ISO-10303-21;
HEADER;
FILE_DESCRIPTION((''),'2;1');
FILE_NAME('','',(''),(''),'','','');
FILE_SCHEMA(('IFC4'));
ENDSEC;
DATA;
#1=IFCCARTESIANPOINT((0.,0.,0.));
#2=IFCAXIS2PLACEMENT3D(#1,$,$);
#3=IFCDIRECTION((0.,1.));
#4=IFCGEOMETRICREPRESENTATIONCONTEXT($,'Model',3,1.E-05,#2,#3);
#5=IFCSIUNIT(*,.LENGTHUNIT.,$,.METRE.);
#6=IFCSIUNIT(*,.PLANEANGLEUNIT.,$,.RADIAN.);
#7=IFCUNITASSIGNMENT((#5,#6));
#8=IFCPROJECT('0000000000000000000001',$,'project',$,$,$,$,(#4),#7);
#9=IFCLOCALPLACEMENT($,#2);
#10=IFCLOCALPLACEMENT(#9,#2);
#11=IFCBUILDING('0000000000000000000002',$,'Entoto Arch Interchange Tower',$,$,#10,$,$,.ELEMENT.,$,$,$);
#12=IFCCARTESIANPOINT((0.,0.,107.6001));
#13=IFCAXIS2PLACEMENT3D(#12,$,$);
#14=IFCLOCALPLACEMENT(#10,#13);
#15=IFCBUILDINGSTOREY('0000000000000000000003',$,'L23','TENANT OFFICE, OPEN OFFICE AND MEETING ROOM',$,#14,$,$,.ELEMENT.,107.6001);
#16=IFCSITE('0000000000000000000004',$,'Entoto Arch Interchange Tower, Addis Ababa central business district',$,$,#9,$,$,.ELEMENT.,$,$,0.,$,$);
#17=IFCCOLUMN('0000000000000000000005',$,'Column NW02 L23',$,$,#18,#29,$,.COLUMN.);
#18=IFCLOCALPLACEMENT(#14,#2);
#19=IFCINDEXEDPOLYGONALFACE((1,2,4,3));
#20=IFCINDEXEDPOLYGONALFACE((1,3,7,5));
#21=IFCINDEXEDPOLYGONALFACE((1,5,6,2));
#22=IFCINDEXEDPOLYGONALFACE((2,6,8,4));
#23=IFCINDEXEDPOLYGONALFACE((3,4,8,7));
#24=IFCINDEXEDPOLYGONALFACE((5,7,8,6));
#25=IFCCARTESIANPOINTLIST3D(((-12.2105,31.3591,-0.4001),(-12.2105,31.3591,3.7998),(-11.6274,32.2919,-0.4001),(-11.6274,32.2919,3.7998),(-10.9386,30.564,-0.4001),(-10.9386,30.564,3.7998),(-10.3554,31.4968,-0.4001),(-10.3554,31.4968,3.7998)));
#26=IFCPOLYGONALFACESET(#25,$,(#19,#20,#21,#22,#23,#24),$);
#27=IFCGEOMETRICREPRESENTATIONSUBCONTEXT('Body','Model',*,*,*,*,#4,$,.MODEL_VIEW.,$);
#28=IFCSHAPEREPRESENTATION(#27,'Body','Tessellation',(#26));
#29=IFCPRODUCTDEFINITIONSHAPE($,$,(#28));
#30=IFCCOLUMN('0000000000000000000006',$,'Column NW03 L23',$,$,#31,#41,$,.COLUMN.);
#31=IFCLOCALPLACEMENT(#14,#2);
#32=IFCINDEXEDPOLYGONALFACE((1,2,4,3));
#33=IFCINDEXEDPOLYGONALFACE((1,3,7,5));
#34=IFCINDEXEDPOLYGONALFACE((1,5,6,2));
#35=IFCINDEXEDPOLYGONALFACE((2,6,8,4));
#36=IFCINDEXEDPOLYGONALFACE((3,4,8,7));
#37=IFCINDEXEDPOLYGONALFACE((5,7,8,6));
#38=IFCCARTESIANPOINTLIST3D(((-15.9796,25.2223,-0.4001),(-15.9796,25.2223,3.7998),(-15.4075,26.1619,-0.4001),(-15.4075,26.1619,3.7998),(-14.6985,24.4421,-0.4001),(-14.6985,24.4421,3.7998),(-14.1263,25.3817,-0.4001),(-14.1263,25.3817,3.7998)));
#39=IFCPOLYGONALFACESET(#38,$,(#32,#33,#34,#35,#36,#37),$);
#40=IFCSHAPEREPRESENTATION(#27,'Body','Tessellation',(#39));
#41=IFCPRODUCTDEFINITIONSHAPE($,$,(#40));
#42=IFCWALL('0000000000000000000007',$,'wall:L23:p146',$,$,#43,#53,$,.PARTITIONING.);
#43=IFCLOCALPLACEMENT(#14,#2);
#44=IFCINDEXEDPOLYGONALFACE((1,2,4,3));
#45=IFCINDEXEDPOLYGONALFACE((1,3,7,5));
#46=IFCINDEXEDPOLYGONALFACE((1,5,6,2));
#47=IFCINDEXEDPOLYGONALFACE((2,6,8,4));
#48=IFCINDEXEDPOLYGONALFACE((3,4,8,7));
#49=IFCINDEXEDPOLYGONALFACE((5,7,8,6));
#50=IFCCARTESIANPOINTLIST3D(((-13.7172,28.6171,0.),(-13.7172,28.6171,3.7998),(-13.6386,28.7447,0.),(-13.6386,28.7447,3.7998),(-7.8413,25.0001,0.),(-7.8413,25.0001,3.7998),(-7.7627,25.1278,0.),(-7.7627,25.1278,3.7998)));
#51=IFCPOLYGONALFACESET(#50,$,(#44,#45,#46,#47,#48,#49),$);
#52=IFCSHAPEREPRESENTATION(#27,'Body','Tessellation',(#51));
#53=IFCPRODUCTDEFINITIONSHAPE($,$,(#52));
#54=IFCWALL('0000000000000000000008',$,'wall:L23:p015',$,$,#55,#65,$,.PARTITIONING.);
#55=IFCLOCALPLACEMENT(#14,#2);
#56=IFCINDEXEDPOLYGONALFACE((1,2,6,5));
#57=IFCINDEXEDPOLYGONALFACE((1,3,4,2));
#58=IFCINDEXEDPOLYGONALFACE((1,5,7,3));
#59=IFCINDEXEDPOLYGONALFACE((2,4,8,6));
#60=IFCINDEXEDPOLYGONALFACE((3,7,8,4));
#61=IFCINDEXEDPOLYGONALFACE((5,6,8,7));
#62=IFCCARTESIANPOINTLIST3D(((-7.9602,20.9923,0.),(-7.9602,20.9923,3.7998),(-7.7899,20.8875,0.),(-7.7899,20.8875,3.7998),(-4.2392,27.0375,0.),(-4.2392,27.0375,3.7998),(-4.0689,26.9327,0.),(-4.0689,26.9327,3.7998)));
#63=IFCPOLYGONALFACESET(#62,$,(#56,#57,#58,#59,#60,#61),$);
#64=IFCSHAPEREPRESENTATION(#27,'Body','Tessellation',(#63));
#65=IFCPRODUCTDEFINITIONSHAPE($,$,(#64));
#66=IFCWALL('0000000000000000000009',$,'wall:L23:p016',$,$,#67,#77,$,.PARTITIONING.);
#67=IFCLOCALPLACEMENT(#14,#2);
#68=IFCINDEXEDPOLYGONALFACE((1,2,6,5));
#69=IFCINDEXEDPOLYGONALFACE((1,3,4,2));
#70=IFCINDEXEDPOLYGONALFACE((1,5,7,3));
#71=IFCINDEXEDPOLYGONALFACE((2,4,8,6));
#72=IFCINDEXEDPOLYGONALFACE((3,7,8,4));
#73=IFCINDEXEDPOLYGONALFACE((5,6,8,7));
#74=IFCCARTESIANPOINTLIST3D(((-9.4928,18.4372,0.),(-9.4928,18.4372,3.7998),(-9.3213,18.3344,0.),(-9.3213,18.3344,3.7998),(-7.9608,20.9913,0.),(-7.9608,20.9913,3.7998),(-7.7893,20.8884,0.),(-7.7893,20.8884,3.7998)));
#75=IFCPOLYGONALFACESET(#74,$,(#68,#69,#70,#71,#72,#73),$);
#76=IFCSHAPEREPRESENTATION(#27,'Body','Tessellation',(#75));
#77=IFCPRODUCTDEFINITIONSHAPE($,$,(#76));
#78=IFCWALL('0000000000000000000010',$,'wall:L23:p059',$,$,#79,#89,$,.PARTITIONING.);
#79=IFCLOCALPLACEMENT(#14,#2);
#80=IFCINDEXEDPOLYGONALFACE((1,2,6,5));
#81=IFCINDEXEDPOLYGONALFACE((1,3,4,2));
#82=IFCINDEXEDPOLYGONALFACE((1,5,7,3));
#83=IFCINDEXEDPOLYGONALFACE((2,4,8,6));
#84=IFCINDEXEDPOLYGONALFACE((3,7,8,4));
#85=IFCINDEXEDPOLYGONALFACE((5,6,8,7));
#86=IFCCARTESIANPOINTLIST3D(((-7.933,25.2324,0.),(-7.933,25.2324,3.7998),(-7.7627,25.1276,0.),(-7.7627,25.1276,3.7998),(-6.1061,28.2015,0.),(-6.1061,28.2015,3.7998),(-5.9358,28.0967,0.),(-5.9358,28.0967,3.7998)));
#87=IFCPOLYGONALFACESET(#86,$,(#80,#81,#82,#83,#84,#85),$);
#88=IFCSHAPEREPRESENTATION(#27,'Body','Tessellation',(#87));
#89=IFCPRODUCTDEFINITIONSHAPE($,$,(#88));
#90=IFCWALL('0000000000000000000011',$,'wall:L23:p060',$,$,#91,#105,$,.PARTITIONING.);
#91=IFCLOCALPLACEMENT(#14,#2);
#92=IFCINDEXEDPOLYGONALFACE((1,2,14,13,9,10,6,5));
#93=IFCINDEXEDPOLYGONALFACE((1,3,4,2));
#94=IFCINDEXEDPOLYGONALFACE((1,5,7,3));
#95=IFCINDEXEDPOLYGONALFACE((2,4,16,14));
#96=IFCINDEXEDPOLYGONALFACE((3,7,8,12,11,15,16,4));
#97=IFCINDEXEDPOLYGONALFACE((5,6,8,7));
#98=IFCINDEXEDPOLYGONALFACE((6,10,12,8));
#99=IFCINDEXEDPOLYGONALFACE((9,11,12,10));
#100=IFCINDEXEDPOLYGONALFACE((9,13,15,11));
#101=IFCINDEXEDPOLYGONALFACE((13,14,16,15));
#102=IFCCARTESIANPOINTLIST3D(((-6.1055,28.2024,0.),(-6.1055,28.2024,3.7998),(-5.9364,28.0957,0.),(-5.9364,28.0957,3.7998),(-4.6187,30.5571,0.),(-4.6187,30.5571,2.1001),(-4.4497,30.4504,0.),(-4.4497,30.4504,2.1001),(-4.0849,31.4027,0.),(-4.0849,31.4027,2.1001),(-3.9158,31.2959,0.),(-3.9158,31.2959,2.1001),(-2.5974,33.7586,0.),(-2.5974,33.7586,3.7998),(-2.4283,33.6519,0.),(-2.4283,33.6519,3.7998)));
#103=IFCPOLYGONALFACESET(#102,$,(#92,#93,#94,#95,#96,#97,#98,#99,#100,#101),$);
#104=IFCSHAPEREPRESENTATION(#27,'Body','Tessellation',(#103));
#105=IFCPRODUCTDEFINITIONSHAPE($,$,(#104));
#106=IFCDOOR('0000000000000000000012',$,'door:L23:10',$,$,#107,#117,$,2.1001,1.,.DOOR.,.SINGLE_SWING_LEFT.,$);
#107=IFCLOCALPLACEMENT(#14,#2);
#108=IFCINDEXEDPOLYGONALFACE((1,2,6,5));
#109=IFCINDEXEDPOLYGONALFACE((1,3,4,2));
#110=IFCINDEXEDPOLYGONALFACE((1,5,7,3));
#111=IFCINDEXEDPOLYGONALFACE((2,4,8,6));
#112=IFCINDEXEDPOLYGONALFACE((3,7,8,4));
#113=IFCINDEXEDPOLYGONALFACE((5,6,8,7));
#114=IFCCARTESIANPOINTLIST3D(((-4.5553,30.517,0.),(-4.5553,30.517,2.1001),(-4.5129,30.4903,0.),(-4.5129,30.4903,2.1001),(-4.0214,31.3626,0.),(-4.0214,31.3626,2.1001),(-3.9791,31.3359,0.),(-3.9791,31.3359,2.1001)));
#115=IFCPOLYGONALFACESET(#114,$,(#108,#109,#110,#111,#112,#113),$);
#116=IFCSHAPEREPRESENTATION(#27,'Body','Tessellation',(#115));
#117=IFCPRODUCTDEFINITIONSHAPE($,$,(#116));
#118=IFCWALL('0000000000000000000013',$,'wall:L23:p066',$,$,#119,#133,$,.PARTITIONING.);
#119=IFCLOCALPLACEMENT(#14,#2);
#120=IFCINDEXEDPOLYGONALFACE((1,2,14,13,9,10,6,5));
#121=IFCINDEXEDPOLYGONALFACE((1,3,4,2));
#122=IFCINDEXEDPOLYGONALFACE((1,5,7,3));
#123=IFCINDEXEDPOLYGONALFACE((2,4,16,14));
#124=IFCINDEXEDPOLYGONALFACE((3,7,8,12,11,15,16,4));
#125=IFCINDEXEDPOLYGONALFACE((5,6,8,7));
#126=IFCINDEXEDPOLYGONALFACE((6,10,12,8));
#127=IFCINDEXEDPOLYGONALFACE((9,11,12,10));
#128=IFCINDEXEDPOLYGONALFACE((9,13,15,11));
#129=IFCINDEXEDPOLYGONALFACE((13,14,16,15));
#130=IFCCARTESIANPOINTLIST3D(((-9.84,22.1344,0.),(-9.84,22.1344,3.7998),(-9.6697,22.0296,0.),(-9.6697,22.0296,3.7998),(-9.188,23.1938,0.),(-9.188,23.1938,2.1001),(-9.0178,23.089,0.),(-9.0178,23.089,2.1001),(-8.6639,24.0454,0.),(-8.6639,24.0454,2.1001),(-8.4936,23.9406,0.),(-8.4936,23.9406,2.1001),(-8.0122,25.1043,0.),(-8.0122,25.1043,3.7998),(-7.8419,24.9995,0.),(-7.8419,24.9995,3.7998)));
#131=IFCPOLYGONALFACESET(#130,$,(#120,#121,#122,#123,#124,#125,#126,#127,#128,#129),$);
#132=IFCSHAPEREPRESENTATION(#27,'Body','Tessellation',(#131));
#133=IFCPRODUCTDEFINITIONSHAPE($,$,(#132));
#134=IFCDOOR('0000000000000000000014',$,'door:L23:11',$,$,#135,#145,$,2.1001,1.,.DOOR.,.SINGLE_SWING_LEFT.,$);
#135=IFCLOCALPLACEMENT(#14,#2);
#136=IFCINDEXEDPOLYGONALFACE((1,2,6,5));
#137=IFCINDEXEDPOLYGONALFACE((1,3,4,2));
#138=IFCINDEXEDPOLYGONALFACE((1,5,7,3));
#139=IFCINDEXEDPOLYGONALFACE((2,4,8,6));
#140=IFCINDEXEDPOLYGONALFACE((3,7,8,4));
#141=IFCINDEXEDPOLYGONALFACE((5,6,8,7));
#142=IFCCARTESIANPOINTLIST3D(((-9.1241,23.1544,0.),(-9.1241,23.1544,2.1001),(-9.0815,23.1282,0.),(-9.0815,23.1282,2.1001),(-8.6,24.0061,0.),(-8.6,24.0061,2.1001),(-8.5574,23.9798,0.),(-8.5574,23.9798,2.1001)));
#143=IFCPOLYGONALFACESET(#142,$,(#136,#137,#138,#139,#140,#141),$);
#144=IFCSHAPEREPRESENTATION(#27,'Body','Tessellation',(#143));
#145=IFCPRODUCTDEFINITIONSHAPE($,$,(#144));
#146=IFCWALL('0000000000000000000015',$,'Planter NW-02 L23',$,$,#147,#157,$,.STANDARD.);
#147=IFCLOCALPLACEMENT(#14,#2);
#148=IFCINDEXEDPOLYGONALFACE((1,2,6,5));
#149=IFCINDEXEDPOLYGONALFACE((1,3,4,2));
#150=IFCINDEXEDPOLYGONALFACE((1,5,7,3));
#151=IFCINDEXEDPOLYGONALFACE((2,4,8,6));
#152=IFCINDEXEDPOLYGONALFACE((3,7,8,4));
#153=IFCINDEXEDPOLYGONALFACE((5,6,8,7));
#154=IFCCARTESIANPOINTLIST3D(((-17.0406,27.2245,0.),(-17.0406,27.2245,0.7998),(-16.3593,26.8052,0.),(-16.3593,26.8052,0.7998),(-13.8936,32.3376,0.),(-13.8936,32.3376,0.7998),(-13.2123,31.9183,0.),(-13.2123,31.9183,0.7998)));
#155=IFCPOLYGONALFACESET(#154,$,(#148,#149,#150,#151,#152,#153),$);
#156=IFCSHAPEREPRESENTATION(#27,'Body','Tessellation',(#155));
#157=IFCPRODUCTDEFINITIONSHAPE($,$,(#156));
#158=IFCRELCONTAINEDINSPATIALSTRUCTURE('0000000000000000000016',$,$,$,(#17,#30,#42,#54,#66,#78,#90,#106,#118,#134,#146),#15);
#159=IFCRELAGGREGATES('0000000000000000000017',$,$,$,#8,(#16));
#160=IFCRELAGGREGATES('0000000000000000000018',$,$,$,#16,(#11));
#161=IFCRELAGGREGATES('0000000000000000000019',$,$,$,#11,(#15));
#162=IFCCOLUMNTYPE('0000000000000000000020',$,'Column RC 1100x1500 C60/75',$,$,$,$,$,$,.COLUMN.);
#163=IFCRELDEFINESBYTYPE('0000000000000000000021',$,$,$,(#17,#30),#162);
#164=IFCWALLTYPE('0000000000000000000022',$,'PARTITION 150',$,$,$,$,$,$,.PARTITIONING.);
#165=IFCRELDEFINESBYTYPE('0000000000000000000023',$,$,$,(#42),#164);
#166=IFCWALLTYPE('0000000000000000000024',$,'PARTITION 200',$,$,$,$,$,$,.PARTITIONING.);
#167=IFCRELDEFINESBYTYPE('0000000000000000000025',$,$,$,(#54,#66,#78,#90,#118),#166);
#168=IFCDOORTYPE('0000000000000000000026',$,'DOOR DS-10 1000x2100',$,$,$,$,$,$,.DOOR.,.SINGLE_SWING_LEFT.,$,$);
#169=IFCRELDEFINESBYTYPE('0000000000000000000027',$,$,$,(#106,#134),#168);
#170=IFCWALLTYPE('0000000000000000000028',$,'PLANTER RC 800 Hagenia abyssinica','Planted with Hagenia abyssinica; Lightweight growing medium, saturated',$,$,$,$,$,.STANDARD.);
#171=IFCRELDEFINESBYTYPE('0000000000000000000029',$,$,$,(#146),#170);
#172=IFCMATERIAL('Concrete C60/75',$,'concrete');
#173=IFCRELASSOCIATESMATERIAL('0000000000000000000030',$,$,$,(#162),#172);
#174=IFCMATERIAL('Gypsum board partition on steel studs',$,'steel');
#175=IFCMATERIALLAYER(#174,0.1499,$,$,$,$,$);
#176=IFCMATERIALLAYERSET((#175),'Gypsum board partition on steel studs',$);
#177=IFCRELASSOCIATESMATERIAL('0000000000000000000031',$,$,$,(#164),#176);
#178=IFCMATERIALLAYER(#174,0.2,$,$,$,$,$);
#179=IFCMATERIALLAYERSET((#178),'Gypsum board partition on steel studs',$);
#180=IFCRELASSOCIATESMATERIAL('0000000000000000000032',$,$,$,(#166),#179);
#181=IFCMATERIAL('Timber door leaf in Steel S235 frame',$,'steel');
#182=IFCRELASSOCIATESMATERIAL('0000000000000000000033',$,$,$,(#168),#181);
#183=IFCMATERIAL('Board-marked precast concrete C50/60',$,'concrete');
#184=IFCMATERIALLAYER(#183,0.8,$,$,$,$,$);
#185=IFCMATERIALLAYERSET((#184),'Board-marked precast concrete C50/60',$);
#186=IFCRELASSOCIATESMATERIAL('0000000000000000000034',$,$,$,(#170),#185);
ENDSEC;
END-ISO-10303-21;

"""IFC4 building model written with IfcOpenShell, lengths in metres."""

from ifc_helpers import new_model, si_unit, direction, frame, frame_2d, origin, origin_2d, place, context, subcontext, project, spatial, rectangle, extrude, material, layer, layer_set, material_profile, profile_set, type_object, element, fill, save


model = new_model("IFC4")

# Units and contexts
model_context = context("Model", 3, precision=1e-05, world=origin(), true_north=direction((0.0, 1.0)))
body_context = subcontext(model_context, "Body", "Model", "MODEL_VIEW")
ifc_project = project(units=[si_unit("LENGTHUNIT", "METRE"), si_unit("PLANEANGLEUNIT", "RADIAN")], contexts=[model_context])

# Site, building, storey
site_placement = place(None, origin())
site = spatial("IfcSite", under=ifc_project, at=site_placement, Name="Entoto Arch Interchange Tower, Addis Ababa central business district", CompositionType="ELEMENT", RefElevation=0.0)
building_placement = place(site_placement, origin())
building = spatial("IfcBuilding", under=site, at=building_placement, Name="Entoto Arch Interchange Tower", CompositionType="ELEMENT")
storey_placement = place(building_placement, frame((0.0, 0.0, 107.6001)))
storey = spatial("IfcBuildingStorey", under=building, at=storey_placement, Name="L23", Description="TENANT OFFICE, OPEN OFFICE AND MEETING ROOM", CompositionType="ELEMENT", Elevation=107.6001)

# Columns
ifc_material_1 = material(Name="Concrete C60/75", Category="concrete")
ifc_material_profile = material_profile(ifc_material_1, rectangle(XDim=1.1001, YDim=1.5, at=origin_2d()))
ifc_profile_set = profile_set([ifc_material_profile], Name="Concrete C60/75")
column_type = type_object("IfcColumnType", Name="Column RC 1100x1500 C60/75", PredefinedType="COLUMN", material=ifc_profile_set)
for number, where, z_axis, x_axis, name in (
    (1, (-11.283, 31.428, -0.4001), (0.0, 0.0, 1.0), (0.530067, 0.847956, 0.0), "Column NW02 L23"),
    (2, (-15.053, 25.302, -0.4001), (0.0, 0.0, 1.0), (0.520116, 0.854096, 0.0), "Column NW03 L23"),
):
    element("IfcColumn", number, at=place(storey_placement, frame(where, z_axis=z_axis, x_axis=x_axis)), inside=storey, type_object=column_type, Name=name, PredefinedType="COLUMN", context=body_context, shape_type="SweptSolid", body=[
        extrude(rectangle(XDim=1.1001, YDim=1.5, at=origin_2d()), origin(), (0.0, 0.0, 1.0), 4.2),
    ])

# Walls
ifc_material_2 = material(Name="Gypsum board partition on steel studs", Category="steel")
ifc_layer_1 = layer(ifc_material_2, 0.1499)
ifc_layer_set_1 = layer_set([ifc_layer_1], Name="Gypsum board partition on steel studs")
wall_type_1 = type_object("IfcWallType", Name="PARTITION 150", PredefinedType="PARTITIONING", material=ifc_layer_set_1)
wall_1_placement = place(storey_placement, frame((-7.802, 25.064, 0.0), z_axis=(0.0, 0.0, 1.0), x_axis=(-0.851596, 0.524198, 0.0)))
element("IfcWall", 3, at=wall_1_placement, inside=storey, type_object=wall_type_1, Name="wall:L23:p146", PredefinedType="PARTITIONING", context=body_context, shape_type="SweptSolid", body=[
    extrude(rectangle(XDim=6.8999, YDim=0.1499, at=frame_2d((3.45, 0.0))), origin(), (0.0, 0.0, 1.0), 3.7998),
])
ifc_layer_2 = layer(ifc_material_2, 0.2)
ifc_layer_set_2 = layer_set([ifc_layer_2], Name="Gypsum board partition on steel studs")
wall_type_2 = type_object("IfcWallType", Name="PARTITION 200", PredefinedType="PARTITIONING", material=ifc_layer_set_2)
wall_2_placement = place(storey_placement, frame((-4.1541, 26.9851, 0.0), z_axis=(0.0, 0.0, 1.0), x_axis=(-0.524184, -0.851605, 0.0)))
element("IfcWall", 4, at=wall_2_placement, inside=storey, type_object=wall_type_2, Name="wall:L23:p015", PredefinedType="PARTITIONING", context=body_context, shape_type="SweptSolid", body=[
    extrude(rectangle(XDim=7.0986, YDim=0.2, at=frame_2d((3.5493, 0.0))), origin(), (0.0, 0.0, 1.0), 3.7998),
])
wall_3_placement = place(storey_placement, frame((-7.875, 20.9399, 0.0), z_axis=(0.0, 0.0, 1.0), x_axis=(-0.514399, -0.857551, 0.0)))
element("IfcWall", 5, at=wall_3_placement, inside=storey, type_object=wall_type_2, Name="wall:L23:p016", PredefinedType="PARTITIONING", context=body_context, shape_type="SweptSolid", body=[
    extrude(rectangle(XDim=2.9783, YDim=0.2, at=frame_2d((1.4893, 0.0))), origin(), (0.0, 0.0, 1.0), 3.7998),
])
wall_4_placement = place(storey_placement, frame((-7.8479, 25.1799, 0.0), z_axis=(0.0, 0.0, 1.0), x_axis=(0.524062, 0.85168, 0.0)))
element("IfcWall", 6, at=wall_4_placement, inside=storey, type_object=wall_type_2, Name="wall:L23:p059", PredefinedType="PARTITIONING", context=body_context, shape_type="SweptSolid", body=[
    extrude(rectangle(XDim=3.4861, YDim=0.2, at=frame_2d((1.7432, 0.0))), origin(), (0.0, 0.0, 1.0), 3.7998),
])

# Walls, openings, doors
wall_5_placement = place(storey_placement, frame((-6.021, 28.1489, 0.0), z_axis=(0.0, 0.0, 1.0), x_axis=(0.533874, 0.845564, 0.0)))
wall_5 = element("IfcWall", 7, at=wall_5_placement, inside=storey, type_object=wall_type_2, Name="wall:L23:p060", PredefinedType="PARTITIONING", context=body_context, shape_type="SweptSolid", body=[
    extrude(rectangle(XDim=6.571, YDim=0.2, at=frame_2d((3.2856, 0.0))), origin(), (0.0, 0.0, 1.0), 3.7998),
])
opening_1_placement = place(wall_5_placement, frame((2.7849, 0.0, 0.0)))
opening_1 = element("IfcOpeningElement", 8, at=opening_1_placement, cuts=wall_5, PredefinedType="OPENING", context=body_context, shape_type="SweptSolid", body=[
    extrude(rectangle(XDim=1.0, YDim=2.1001, at=frame_2d((0.5, 1.05))), frame((0.0, 0.1099, 0.0), z_axis=(0.0, -1.0, 0.0), x_axis=(1.0, 0.0, 0.0)), (0.0, 0.0, 1.0), 0.22),
])
ifc_material_3 = material(Name="Timber door leaf in Steel S235 frame", Category="steel")
door_type_1 = type_object("IfcDoorType", Name="DOOR DS-10 1000x2100", OperationType="SINGLE_SWING_LEFT", PredefinedType="DOOR", material=ifc_material_3)
door_1_placement = place(opening_1_placement, origin())
door_1 = element("IfcDoor", 9, at=door_1_placement, inside=storey, type_object=door_type_1, Name="door:L23:10", OperationType="SINGLE_SWING_LEFT", OverallHeight=2.1001, OverallWidth=1.0, PredefinedType="DOOR", context=body_context, shape_type="SweptSolid", body=[
    extrude(rectangle(XDim=1.0, YDim=2.1001, at=frame_2d((0.5, 1.05))), frame((0.0, 0.0249, 0.0), z_axis=(0.0, -1.0, 0.0), x_axis=(1.0, 0.0, 0.0)), (0.0, 0.0, 1.0), 0.05),
])
fill(opening_1, door_1)
wall_6_placement = place(storey_placement, frame((-9.7549, 22.082, 0.0), z_axis=(0.0, 0.0, 1.0), x_axis=(0.52414, 0.851632, 0.0)))
wall_6 = element("IfcWall", 10, at=wall_6_placement, inside=storey, type_object=wall_type_2, Name="wall:L23:p066", PredefinedType="PARTITIONING", context=body_context, shape_type="SweptSolid", body=[
    extrude(rectangle(XDim=3.4873, YDim=0.2, at=frame_2d((1.7437, 0.0))), origin(), (0.0, 0.0, 1.0), 3.7998),
])
opening_2_placement = place(wall_6_placement, frame((1.2439, 0.0, 0.0)))
opening_2 = element("IfcOpeningElement", 11, at=opening_2_placement, cuts=wall_6, PredefinedType="OPENING", context=body_context, shape_type="SweptSolid", body=[
    extrude(rectangle(XDim=1.0, YDim=2.1001, at=frame_2d((0.5, 1.05))), frame((0.0, 0.1099, 0.0), z_axis=(0.0, -1.0, 0.0), x_axis=(1.0, 0.0, 0.0)), (0.0, 0.0, 1.0), 0.22),
])
door_2_placement = place(opening_2_placement, origin())
door_2 = element("IfcDoor", 12, at=door_2_placement, inside=storey, type_object=door_type_1, Name="door:L23:11", OperationType="SINGLE_SWING_LEFT", OverallHeight=2.1001, OverallWidth=1.0, PredefinedType="DOOR", context=body_context, shape_type="SweptSolid", body=[
    extrude(rectangle(XDim=1.0, YDim=2.1001, at=frame_2d((0.5, 1.05))), frame((0.0, 0.0249, 0.0), z_axis=(0.0, -1.0, 0.0), x_axis=(1.0, 0.0, 0.0)), (0.0, 0.0, 1.0), 0.05),
])
fill(opening_2, door_2)

# Wall
ifc_material_4 = material(Name="Board-marked precast concrete C50/60", Category="concrete")
ifc_layer_3 = layer(ifc_material_4, 0.8)
ifc_layer_set_3 = layer_set([ifc_layer_3], Name="Board-marked precast concrete C50/60")
wall_type_3 = type_object("IfcWallType", Name="PLANTER RC 800 Hagenia abyssinica", Description="Planted with Hagenia abyssinica; Lightweight growing medium, saturated", PredefinedType="STANDARD", material=ifc_layer_set_3)
wall_7_placement = place(storey_placement, frame((-13.553, 32.1279, 0.0), z_axis=(0.0, 0.0, 1.0), x_axis=(-0.524156, -0.851622, 0.0)))
element("IfcWall", 13, at=wall_7_placement, inside=storey, type_object=wall_type_3, Name="Planter NW-02 L23", PredefinedType="STANDARD", context=body_context, shape_type="SweptSolid", body=[
    extrude(rectangle(XDim=6.0039, YDim=0.8, at=frame_2d((3.002, 0.0))), origin(), (0.0, 0.0, 1.0), 0.7998),
])

save(model, "model.ifc")
